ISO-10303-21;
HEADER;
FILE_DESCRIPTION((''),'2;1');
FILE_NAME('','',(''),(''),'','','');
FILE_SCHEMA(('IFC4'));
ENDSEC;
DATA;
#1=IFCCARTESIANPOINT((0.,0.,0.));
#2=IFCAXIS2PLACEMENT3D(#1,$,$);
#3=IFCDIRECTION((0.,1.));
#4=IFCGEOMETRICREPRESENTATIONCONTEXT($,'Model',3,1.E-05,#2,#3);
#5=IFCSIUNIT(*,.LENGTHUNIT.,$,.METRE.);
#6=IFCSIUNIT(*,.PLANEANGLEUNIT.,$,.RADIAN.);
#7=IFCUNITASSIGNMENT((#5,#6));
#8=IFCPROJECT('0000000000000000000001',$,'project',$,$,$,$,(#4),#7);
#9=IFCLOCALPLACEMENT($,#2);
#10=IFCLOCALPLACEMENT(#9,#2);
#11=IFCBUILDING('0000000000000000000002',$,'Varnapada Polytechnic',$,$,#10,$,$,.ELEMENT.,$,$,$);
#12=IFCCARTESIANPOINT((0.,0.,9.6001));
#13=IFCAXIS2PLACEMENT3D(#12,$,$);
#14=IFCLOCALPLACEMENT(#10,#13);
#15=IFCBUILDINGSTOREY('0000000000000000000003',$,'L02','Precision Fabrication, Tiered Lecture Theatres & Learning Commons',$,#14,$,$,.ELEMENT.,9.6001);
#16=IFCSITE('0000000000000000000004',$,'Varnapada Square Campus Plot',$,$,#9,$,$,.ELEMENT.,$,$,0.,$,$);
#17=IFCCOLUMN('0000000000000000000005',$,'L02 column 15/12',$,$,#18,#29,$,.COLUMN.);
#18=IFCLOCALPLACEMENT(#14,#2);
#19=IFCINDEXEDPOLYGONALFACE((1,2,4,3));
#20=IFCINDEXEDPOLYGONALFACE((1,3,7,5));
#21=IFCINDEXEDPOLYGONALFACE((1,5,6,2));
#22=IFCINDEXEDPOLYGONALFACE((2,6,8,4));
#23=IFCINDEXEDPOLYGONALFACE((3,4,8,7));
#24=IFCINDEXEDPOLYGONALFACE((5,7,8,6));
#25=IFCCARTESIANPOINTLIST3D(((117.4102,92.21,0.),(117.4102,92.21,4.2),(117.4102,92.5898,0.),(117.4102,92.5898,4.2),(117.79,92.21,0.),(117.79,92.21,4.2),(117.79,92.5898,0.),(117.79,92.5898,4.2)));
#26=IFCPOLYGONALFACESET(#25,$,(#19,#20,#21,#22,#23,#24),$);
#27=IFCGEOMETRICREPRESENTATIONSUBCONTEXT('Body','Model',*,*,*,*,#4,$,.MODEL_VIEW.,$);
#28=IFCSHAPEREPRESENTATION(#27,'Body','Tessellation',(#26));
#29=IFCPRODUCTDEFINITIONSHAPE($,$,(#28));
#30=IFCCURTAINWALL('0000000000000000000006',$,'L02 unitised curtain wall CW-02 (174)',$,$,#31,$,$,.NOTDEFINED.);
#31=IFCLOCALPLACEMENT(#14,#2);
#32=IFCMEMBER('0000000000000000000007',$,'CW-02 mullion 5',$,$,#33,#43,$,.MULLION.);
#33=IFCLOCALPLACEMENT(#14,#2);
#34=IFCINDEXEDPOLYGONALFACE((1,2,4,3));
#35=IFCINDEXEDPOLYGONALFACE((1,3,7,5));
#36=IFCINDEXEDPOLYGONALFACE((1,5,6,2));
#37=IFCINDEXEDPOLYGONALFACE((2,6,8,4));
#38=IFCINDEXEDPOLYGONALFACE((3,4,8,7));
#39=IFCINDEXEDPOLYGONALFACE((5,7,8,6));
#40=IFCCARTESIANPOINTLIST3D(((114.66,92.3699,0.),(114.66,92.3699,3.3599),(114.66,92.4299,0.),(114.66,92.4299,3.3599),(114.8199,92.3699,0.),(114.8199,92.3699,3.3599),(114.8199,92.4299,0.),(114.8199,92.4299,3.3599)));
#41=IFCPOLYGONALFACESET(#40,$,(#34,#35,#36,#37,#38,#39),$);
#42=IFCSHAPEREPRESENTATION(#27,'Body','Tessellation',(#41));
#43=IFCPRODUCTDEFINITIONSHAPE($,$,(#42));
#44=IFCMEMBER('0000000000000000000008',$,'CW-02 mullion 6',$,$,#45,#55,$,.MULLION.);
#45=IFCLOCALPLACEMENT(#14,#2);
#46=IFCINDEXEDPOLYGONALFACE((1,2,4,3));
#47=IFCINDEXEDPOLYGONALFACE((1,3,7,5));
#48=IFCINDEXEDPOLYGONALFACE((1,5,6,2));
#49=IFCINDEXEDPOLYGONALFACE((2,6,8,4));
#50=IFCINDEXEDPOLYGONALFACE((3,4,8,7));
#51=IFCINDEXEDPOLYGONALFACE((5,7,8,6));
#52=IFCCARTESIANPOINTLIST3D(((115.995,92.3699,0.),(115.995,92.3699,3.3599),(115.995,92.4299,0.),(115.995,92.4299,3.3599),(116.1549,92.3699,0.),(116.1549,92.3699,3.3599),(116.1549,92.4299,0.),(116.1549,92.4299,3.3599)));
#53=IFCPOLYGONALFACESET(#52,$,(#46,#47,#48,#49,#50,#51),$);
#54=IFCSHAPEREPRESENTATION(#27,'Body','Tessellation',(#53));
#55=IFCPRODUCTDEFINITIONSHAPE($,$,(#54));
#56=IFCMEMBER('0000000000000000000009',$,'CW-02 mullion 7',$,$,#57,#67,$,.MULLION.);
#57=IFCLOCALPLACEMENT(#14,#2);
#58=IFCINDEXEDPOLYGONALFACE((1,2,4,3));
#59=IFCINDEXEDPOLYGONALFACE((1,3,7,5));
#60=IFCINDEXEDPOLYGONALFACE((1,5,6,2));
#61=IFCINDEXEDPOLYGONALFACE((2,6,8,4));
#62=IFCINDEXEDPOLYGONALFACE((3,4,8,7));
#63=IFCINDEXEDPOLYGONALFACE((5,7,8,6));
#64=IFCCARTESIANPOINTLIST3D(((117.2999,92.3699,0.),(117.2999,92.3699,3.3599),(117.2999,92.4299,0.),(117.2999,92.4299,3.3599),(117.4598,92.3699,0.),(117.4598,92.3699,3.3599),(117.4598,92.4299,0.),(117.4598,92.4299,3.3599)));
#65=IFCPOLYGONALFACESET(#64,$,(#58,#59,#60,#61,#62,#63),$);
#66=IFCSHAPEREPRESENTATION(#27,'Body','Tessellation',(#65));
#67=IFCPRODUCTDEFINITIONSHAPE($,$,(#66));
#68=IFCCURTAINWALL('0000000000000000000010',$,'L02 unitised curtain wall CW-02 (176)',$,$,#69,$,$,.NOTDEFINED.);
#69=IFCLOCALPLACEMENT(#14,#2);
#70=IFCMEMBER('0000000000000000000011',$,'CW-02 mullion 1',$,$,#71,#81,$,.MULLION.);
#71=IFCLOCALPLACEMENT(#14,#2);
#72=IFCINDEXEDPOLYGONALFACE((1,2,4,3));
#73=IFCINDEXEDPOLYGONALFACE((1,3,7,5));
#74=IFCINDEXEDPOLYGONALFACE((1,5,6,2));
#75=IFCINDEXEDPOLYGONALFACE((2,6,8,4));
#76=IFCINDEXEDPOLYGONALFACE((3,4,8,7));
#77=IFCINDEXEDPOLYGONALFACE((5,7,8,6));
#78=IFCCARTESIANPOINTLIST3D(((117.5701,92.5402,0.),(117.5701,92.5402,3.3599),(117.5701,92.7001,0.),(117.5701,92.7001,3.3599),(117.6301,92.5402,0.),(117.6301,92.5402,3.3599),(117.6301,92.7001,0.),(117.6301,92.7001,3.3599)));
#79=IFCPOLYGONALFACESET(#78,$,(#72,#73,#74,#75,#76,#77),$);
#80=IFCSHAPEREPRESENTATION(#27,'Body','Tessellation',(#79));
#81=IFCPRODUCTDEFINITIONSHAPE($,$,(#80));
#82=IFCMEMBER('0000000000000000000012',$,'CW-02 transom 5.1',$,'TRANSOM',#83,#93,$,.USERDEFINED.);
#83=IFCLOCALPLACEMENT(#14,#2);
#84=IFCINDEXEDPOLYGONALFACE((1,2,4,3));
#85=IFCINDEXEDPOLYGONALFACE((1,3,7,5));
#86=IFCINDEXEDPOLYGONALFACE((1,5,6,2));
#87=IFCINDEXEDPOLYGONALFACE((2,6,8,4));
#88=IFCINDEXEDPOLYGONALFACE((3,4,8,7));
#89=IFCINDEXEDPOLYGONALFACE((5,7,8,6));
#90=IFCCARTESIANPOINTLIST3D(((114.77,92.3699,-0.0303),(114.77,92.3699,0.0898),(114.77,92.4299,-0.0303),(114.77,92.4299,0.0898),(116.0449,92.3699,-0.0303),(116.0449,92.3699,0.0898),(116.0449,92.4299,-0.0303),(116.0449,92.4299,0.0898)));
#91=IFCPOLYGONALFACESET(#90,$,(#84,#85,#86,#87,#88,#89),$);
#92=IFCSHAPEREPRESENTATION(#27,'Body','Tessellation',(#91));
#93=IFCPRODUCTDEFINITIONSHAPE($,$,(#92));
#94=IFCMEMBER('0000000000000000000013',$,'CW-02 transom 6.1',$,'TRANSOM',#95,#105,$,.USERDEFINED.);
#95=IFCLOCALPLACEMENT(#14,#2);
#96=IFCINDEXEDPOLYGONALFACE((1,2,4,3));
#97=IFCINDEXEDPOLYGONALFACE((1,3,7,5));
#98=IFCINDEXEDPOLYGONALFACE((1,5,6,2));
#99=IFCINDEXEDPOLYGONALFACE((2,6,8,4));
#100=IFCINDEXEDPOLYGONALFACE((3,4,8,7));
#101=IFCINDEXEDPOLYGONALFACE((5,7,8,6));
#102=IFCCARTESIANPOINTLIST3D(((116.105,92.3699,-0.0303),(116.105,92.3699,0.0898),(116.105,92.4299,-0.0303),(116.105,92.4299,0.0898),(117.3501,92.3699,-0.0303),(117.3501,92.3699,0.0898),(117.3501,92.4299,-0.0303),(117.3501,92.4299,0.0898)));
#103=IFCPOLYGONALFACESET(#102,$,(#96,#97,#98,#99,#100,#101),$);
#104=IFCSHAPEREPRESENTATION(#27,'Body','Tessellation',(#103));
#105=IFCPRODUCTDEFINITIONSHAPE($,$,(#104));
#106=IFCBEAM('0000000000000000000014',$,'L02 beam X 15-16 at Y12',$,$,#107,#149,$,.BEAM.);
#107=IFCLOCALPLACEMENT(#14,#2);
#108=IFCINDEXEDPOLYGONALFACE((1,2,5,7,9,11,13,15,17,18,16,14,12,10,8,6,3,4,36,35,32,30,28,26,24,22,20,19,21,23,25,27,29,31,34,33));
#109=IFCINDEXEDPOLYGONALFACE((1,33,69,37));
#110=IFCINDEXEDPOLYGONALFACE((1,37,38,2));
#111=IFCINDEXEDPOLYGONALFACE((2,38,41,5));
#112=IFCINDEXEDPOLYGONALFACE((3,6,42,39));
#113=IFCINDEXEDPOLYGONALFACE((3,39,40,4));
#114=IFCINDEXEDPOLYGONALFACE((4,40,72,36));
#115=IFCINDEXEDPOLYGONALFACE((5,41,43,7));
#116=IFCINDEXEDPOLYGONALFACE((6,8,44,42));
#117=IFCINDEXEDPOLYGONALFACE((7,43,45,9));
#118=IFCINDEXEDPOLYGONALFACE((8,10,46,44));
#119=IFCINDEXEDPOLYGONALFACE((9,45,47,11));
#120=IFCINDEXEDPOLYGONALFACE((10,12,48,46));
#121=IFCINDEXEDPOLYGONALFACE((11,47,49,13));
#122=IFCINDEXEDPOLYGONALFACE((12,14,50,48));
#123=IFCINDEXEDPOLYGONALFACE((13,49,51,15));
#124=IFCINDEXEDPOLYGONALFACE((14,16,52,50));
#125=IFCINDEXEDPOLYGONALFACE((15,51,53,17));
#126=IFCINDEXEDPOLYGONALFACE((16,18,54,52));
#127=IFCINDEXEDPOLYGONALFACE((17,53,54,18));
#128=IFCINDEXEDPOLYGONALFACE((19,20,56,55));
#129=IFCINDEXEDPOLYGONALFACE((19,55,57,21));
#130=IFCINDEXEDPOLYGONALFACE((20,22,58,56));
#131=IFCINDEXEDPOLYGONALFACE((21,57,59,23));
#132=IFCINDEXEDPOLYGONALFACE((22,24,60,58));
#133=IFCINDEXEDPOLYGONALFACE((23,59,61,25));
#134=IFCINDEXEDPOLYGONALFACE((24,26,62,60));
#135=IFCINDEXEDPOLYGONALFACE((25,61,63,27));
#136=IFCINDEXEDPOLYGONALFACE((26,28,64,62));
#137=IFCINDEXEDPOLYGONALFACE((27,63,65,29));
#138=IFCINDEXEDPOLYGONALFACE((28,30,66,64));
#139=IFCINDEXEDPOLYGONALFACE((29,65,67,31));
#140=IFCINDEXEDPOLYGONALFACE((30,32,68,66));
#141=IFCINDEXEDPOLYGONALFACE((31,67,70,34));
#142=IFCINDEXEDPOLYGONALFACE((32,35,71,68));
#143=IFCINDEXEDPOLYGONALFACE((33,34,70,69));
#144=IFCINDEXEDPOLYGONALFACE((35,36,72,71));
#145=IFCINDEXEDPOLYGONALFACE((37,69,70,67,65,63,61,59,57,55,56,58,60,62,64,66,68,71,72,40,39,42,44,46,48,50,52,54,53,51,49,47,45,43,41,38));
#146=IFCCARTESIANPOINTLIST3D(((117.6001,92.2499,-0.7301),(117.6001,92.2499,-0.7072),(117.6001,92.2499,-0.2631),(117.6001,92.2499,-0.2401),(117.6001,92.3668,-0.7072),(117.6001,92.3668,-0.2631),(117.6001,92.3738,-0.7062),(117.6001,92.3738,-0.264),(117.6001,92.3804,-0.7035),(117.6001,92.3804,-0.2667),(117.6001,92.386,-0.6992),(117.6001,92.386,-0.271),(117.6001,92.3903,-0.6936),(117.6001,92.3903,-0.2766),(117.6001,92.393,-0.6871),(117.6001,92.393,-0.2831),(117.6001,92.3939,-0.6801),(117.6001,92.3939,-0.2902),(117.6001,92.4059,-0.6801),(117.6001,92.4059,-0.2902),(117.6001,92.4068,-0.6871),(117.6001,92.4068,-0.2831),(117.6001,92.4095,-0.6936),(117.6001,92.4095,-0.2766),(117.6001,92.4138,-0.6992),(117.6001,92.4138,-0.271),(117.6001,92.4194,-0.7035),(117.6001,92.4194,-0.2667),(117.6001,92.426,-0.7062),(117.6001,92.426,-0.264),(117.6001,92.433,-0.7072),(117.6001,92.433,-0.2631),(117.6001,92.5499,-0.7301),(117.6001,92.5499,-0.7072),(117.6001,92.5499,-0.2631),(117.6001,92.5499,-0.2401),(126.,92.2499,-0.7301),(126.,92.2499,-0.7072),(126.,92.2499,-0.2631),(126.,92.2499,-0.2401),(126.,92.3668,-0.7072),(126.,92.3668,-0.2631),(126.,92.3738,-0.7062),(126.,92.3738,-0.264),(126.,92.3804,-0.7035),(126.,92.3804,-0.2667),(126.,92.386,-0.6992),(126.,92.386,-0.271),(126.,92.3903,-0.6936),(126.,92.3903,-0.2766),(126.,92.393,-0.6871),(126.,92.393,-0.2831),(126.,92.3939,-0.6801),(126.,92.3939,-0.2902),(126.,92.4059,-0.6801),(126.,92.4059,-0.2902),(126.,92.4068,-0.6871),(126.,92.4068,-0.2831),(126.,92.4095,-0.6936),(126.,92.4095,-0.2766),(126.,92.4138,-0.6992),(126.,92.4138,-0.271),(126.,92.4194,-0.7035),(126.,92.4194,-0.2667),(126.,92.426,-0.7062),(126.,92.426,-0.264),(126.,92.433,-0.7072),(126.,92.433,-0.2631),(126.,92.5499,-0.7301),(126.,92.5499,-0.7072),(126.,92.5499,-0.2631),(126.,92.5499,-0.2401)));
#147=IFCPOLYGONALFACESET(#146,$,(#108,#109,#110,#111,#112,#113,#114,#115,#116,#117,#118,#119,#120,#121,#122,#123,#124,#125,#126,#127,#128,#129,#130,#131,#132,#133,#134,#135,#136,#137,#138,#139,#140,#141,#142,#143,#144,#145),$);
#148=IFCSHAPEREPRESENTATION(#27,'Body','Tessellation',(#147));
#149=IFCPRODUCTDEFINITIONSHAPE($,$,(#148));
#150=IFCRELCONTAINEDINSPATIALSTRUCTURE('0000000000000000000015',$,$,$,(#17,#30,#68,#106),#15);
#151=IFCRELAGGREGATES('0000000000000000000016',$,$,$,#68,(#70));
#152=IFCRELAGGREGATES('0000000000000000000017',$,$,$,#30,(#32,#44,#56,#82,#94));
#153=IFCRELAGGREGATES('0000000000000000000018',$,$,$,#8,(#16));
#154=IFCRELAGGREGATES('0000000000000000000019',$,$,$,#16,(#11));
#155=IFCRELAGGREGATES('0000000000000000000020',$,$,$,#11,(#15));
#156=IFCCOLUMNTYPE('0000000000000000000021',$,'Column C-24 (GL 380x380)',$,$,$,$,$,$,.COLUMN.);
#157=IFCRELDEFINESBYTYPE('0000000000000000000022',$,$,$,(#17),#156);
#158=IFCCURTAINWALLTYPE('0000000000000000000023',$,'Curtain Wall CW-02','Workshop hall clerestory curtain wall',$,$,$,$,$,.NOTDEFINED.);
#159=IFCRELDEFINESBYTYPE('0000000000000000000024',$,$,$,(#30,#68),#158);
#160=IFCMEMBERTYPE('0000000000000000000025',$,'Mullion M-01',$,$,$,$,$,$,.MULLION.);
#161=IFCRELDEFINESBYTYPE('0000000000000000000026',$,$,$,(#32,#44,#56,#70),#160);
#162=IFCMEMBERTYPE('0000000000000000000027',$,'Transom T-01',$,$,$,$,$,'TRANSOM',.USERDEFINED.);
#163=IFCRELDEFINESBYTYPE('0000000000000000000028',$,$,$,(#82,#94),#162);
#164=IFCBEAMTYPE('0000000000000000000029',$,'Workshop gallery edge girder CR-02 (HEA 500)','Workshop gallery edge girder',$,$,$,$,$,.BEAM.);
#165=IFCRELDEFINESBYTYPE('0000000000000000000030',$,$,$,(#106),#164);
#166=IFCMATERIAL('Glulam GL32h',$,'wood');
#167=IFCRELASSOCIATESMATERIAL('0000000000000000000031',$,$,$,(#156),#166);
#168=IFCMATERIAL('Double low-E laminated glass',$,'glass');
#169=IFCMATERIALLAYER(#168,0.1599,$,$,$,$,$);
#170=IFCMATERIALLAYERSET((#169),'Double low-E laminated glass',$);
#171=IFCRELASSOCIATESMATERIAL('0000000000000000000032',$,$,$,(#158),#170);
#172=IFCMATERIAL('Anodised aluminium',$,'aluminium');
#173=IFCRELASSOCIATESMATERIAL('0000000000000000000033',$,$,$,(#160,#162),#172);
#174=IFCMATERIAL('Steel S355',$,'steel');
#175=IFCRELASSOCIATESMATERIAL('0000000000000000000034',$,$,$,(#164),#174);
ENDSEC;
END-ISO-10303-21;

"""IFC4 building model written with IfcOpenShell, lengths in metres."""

from ifc_helpers import new_model, si_unit, direction, frame, origin, origin_2d, place, context, subcontext, project, spatial, rectangle, i_section, extrude, material, layer, layer_set, material_profile, profile_set, type_object, element, aggregate, save


model = new_model("IFC4")

# Units and contexts
model_context = context("Model", 3, precision=1e-05, world=origin(), true_north=direction((0.0, 1.0)))
body_context = subcontext(model_context, "Body", "Model", "MODEL_VIEW")
ifc_project = project(units=[si_unit("LENGTHUNIT", "METRE"), si_unit("PLANEANGLEUNIT", "RADIAN")], contexts=[model_context])

# Site, building, storey
site_placement = place(None, origin())
site = spatial("IfcSite", under=ifc_project, at=site_placement, Name="Varnapada Square Campus Plot", CompositionType="ELEMENT", RefElevation=0.0)
building_placement = place(site_placement, origin())
building = spatial("IfcBuilding", under=site, at=building_placement, Name="Varnapada Polytechnic", CompositionType="ELEMENT")
storey_placement = place(building_placement, frame((0.0, 0.0, 9.6001)))
storey = spatial("IfcBuildingStorey", under=building, at=storey_placement, Name="L02", Description="Precision Fabrication, Tiered Lecture Theatres & Learning Commons", CompositionType="ELEMENT", Elevation=9.6001)

# Column
ifc_material_1 = material(Name="Glulam GL32h", Category="wood")
ifc_material_profile_1 = material_profile(ifc_material_1, rectangle(XDim=0.3799, YDim=0.3799, at=origin_2d()), Name="GL 380x380")
ifc_profile_set_1 = profile_set([ifc_material_profile_1], Name="Glulam GL32h")
column_type = type_object("IfcColumnType", Name="Column C-24 (GL 380x380)", PredefinedType="COLUMN", material=ifc_profile_set_1)
column_placement = place(storey_placement, frame((117.6001, 92.3999, 0.0), z_axis=(0.0, 0.0, 1.0), x_axis=(1.0, 0.0, 0.0)))
element("IfcColumn", 1, at=column_placement, inside=storey, type_object=column_type, Name="L02 column 15/12", PredefinedType="COLUMN", context=body_context, shape_type="SweptSolid", body=[
    extrude(rectangle(XDim=0.3799, YDim=0.3799, at=origin_2d()), origin(), (0.0, 0.0, 1.0), 4.2),
])

# Curtain wall, members
ifc_material_2 = material(Name="Double low-E laminated glass", Category="glass")
ifc_layer_1 = layer(ifc_material_2, 0.1599)
ifc_layer_set_1 = layer_set([ifc_layer_1], Name="Double low-E laminated glass")
curtain_wall_type = type_object("IfcCurtainWallType", Name="Curtain Wall CW-02", Description="Workshop hall clerestory curtain wall", PredefinedType="NOTDEFINED", material=ifc_layer_set_1)
curtain_wall_1_placement = place(storey_placement, origin())
curtain_wall_1 = element("IfcCurtainWall", 2, at=curtain_wall_1_placement, inside=storey, type_object=curtain_wall_type, Name="L02 unitised curtain wall CW-02 (174)", PredefinedType="NOTDEFINED")
ifc_material_3 = material(Name="Anodised aluminium", Category="aluminium")
ifc_material_profile_2 = material_profile(ifc_material_3, rectangle(XDim=0.0601, YDim=0.1599, at=origin_2d()), Name="ALU M60x160")
ifc_profile_set_2 = profile_set([ifc_material_profile_2], Name="Anodised aluminium")
member_type_1 = type_object("IfcMemberType", Name="Mullion M-01", PredefinedType="MULLION", material=ifc_profile_set_2)
member_1_placement = place(storey_placement, frame((114.74, 92.3999, 0.0), z_axis=(0.0, 0.0, 1.0), x_axis=(0.0, 1.0, 0.0)))
member_1 = element("IfcMember", 3, at=member_1_placement, type_object=member_type_1, Name="CW-02 mullion 5", PredefinedType="MULLION", context=body_context, shape_type="SweptSolid", body=[
    extrude(rectangle(XDim=0.0601, YDim=0.1599, at=origin_2d()), origin(), (0.0, 0.0, 1.0), 3.3599),
])
member_2_placement = place(storey_placement, frame((116.075, 92.3999, 0.0), z_axis=(0.0, 0.0, 1.0), x_axis=(0.0, 1.0, 0.0)))
member_2 = element("IfcMember", 4, at=member_2_placement, type_object=member_type_1, Name="CW-02 mullion 6", PredefinedType="MULLION", context=body_context, shape_type="SweptSolid", body=[
    extrude(rectangle(XDim=0.0601, YDim=0.1599, at=origin_2d()), origin(), (0.0, 0.0, 1.0), 3.3599),
])
member_3_placement = place(storey_placement, frame((117.3799, 92.3999, 0.0), z_axis=(0.0, 0.0, 1.0), x_axis=(0.0, 1.0, 0.0)))
member_3 = element("IfcMember", 5, at=member_3_placement, type_object=member_type_1, Name="CW-02 mullion 7", PredefinedType="MULLION", context=body_context, shape_type="SweptSolid", body=[
    extrude(rectangle(XDim=0.0601, YDim=0.1599, at=origin_2d()), origin(), (0.0, 0.0, 1.0), 3.3599),
])

# Curtain wall, member
curtain_wall_2_placement = place(storey_placement, origin())
curtain_wall_2 = element("IfcCurtainWall", 6, at=curtain_wall_2_placement, inside=storey, type_object=curtain_wall_type, Name="L02 unitised curtain wall CW-02 (176)", PredefinedType="NOTDEFINED")
member_4_placement = place(storey_placement, frame((117.6001, 92.6201, 0.0), z_axis=(0.0, 0.0, 1.0), x_axis=(-1.0, 0.0, 0.0)))
member_4 = element("IfcMember", 7, at=member_4_placement, type_object=member_type_1, Name="CW-02 mullion 1", PredefinedType="MULLION", context=body_context, shape_type="SweptSolid", body=[
    extrude(rectangle(XDim=0.0601, YDim=0.1599, at=origin_2d()), origin(), (0.0, 0.0, 1.0), 3.3599),
])
aggregate(curtain_wall_2, [member_4])

# Members
ifc_material_profile_3 = material_profile(ifc_material_3, rectangle(XDim=0.0601, YDim=0.1201, at=origin_2d()), Name="ALU T60x120")
ifc_profile_set_3 = profile_set([ifc_material_profile_3], Name="Anodised aluminium")
member_type_2 = type_object("IfcMemberType", Name="Transom T-01", ElementType="TRANSOM", PredefinedType="USERDEFINED", material=ifc_profile_set_3)
member_5_placement = place(storey_placement, frame((114.77, 92.3999, 0.0298), z_axis=(1.0, 0.0, 0.0), x_axis=(0.0, 1.0, 0.0)))
member_5 = element("IfcMember", 8, at=member_5_placement, type_object=member_type_2, Name="CW-02 transom 5.1", ObjectType="TRANSOM", PredefinedType="USERDEFINED", context=body_context, shape_type="SweptSolid", body=[
    extrude(rectangle(XDim=0.0601, YDim=0.1201, at=origin_2d()), origin(), (0.0, 0.0, 1.0), 1.2749),
])
member_6_placement = place(storey_placement, frame((116.105, 92.3999, 0.0298), z_axis=(1.0, 0.0, 0.0), x_axis=(0.0, 1.0, 0.0)))
member_6 = element("IfcMember", 9, at=member_6_placement, type_object=member_type_2, Name="CW-02 transom 6.1", ObjectType="TRANSOM", PredefinedType="USERDEFINED", context=body_context, shape_type="SweptSolid", body=[
    extrude(rectangle(XDim=0.0601, YDim=0.1201, at=origin_2d()), origin(), (0.0, 0.0, 1.0), 1.2451),
])
aggregate(curtain_wall_1, [member_1, member_2, member_3, member_5, member_6])

# Beam
ifc_material_4 = material(Name="Steel S355", Category="steel")
ifc_material_profile_4 = material_profile(ifc_material_4, i_section(OverallWidth=0.3, OverallDepth=0.49, WebThickness=0.012, FlangeThickness=0.0229, FilletRadius=0.0271, at=origin_2d()), Name="HEA 500")
ifc_profile_set_4 = profile_set([ifc_material_profile_4], Name="Steel S355")
beam_type = type_object("IfcBeamType", Name="Workshop gallery edge girder CR-02 (HEA 500)", Description="Workshop gallery edge girder", PredefinedType="BEAM", material=ifc_profile_set_4)
beam_placement = place(storey_placement, frame((117.6001, 92.3999, -0.4851), z_axis=(1.0, 0.0, 0.0), x_axis=(0.0, 1.0, 0.0)))
element("IfcBeam", 10, at=beam_placement, inside=storey, type_object=beam_type, Name="L02 beam X 15-16 at Y12", PredefinedType="BEAM", context=body_context, shape_type="SweptSolid", body=[
    extrude(i_section(OverallWidth=0.3, OverallDepth=0.49, WebThickness=0.012, FlangeThickness=0.0229, FilletRadius=0.0271, at=origin_2d()), origin(), (0.0, 0.0, 1.0), 8.3999),
])

save(model, "model.ifc")
